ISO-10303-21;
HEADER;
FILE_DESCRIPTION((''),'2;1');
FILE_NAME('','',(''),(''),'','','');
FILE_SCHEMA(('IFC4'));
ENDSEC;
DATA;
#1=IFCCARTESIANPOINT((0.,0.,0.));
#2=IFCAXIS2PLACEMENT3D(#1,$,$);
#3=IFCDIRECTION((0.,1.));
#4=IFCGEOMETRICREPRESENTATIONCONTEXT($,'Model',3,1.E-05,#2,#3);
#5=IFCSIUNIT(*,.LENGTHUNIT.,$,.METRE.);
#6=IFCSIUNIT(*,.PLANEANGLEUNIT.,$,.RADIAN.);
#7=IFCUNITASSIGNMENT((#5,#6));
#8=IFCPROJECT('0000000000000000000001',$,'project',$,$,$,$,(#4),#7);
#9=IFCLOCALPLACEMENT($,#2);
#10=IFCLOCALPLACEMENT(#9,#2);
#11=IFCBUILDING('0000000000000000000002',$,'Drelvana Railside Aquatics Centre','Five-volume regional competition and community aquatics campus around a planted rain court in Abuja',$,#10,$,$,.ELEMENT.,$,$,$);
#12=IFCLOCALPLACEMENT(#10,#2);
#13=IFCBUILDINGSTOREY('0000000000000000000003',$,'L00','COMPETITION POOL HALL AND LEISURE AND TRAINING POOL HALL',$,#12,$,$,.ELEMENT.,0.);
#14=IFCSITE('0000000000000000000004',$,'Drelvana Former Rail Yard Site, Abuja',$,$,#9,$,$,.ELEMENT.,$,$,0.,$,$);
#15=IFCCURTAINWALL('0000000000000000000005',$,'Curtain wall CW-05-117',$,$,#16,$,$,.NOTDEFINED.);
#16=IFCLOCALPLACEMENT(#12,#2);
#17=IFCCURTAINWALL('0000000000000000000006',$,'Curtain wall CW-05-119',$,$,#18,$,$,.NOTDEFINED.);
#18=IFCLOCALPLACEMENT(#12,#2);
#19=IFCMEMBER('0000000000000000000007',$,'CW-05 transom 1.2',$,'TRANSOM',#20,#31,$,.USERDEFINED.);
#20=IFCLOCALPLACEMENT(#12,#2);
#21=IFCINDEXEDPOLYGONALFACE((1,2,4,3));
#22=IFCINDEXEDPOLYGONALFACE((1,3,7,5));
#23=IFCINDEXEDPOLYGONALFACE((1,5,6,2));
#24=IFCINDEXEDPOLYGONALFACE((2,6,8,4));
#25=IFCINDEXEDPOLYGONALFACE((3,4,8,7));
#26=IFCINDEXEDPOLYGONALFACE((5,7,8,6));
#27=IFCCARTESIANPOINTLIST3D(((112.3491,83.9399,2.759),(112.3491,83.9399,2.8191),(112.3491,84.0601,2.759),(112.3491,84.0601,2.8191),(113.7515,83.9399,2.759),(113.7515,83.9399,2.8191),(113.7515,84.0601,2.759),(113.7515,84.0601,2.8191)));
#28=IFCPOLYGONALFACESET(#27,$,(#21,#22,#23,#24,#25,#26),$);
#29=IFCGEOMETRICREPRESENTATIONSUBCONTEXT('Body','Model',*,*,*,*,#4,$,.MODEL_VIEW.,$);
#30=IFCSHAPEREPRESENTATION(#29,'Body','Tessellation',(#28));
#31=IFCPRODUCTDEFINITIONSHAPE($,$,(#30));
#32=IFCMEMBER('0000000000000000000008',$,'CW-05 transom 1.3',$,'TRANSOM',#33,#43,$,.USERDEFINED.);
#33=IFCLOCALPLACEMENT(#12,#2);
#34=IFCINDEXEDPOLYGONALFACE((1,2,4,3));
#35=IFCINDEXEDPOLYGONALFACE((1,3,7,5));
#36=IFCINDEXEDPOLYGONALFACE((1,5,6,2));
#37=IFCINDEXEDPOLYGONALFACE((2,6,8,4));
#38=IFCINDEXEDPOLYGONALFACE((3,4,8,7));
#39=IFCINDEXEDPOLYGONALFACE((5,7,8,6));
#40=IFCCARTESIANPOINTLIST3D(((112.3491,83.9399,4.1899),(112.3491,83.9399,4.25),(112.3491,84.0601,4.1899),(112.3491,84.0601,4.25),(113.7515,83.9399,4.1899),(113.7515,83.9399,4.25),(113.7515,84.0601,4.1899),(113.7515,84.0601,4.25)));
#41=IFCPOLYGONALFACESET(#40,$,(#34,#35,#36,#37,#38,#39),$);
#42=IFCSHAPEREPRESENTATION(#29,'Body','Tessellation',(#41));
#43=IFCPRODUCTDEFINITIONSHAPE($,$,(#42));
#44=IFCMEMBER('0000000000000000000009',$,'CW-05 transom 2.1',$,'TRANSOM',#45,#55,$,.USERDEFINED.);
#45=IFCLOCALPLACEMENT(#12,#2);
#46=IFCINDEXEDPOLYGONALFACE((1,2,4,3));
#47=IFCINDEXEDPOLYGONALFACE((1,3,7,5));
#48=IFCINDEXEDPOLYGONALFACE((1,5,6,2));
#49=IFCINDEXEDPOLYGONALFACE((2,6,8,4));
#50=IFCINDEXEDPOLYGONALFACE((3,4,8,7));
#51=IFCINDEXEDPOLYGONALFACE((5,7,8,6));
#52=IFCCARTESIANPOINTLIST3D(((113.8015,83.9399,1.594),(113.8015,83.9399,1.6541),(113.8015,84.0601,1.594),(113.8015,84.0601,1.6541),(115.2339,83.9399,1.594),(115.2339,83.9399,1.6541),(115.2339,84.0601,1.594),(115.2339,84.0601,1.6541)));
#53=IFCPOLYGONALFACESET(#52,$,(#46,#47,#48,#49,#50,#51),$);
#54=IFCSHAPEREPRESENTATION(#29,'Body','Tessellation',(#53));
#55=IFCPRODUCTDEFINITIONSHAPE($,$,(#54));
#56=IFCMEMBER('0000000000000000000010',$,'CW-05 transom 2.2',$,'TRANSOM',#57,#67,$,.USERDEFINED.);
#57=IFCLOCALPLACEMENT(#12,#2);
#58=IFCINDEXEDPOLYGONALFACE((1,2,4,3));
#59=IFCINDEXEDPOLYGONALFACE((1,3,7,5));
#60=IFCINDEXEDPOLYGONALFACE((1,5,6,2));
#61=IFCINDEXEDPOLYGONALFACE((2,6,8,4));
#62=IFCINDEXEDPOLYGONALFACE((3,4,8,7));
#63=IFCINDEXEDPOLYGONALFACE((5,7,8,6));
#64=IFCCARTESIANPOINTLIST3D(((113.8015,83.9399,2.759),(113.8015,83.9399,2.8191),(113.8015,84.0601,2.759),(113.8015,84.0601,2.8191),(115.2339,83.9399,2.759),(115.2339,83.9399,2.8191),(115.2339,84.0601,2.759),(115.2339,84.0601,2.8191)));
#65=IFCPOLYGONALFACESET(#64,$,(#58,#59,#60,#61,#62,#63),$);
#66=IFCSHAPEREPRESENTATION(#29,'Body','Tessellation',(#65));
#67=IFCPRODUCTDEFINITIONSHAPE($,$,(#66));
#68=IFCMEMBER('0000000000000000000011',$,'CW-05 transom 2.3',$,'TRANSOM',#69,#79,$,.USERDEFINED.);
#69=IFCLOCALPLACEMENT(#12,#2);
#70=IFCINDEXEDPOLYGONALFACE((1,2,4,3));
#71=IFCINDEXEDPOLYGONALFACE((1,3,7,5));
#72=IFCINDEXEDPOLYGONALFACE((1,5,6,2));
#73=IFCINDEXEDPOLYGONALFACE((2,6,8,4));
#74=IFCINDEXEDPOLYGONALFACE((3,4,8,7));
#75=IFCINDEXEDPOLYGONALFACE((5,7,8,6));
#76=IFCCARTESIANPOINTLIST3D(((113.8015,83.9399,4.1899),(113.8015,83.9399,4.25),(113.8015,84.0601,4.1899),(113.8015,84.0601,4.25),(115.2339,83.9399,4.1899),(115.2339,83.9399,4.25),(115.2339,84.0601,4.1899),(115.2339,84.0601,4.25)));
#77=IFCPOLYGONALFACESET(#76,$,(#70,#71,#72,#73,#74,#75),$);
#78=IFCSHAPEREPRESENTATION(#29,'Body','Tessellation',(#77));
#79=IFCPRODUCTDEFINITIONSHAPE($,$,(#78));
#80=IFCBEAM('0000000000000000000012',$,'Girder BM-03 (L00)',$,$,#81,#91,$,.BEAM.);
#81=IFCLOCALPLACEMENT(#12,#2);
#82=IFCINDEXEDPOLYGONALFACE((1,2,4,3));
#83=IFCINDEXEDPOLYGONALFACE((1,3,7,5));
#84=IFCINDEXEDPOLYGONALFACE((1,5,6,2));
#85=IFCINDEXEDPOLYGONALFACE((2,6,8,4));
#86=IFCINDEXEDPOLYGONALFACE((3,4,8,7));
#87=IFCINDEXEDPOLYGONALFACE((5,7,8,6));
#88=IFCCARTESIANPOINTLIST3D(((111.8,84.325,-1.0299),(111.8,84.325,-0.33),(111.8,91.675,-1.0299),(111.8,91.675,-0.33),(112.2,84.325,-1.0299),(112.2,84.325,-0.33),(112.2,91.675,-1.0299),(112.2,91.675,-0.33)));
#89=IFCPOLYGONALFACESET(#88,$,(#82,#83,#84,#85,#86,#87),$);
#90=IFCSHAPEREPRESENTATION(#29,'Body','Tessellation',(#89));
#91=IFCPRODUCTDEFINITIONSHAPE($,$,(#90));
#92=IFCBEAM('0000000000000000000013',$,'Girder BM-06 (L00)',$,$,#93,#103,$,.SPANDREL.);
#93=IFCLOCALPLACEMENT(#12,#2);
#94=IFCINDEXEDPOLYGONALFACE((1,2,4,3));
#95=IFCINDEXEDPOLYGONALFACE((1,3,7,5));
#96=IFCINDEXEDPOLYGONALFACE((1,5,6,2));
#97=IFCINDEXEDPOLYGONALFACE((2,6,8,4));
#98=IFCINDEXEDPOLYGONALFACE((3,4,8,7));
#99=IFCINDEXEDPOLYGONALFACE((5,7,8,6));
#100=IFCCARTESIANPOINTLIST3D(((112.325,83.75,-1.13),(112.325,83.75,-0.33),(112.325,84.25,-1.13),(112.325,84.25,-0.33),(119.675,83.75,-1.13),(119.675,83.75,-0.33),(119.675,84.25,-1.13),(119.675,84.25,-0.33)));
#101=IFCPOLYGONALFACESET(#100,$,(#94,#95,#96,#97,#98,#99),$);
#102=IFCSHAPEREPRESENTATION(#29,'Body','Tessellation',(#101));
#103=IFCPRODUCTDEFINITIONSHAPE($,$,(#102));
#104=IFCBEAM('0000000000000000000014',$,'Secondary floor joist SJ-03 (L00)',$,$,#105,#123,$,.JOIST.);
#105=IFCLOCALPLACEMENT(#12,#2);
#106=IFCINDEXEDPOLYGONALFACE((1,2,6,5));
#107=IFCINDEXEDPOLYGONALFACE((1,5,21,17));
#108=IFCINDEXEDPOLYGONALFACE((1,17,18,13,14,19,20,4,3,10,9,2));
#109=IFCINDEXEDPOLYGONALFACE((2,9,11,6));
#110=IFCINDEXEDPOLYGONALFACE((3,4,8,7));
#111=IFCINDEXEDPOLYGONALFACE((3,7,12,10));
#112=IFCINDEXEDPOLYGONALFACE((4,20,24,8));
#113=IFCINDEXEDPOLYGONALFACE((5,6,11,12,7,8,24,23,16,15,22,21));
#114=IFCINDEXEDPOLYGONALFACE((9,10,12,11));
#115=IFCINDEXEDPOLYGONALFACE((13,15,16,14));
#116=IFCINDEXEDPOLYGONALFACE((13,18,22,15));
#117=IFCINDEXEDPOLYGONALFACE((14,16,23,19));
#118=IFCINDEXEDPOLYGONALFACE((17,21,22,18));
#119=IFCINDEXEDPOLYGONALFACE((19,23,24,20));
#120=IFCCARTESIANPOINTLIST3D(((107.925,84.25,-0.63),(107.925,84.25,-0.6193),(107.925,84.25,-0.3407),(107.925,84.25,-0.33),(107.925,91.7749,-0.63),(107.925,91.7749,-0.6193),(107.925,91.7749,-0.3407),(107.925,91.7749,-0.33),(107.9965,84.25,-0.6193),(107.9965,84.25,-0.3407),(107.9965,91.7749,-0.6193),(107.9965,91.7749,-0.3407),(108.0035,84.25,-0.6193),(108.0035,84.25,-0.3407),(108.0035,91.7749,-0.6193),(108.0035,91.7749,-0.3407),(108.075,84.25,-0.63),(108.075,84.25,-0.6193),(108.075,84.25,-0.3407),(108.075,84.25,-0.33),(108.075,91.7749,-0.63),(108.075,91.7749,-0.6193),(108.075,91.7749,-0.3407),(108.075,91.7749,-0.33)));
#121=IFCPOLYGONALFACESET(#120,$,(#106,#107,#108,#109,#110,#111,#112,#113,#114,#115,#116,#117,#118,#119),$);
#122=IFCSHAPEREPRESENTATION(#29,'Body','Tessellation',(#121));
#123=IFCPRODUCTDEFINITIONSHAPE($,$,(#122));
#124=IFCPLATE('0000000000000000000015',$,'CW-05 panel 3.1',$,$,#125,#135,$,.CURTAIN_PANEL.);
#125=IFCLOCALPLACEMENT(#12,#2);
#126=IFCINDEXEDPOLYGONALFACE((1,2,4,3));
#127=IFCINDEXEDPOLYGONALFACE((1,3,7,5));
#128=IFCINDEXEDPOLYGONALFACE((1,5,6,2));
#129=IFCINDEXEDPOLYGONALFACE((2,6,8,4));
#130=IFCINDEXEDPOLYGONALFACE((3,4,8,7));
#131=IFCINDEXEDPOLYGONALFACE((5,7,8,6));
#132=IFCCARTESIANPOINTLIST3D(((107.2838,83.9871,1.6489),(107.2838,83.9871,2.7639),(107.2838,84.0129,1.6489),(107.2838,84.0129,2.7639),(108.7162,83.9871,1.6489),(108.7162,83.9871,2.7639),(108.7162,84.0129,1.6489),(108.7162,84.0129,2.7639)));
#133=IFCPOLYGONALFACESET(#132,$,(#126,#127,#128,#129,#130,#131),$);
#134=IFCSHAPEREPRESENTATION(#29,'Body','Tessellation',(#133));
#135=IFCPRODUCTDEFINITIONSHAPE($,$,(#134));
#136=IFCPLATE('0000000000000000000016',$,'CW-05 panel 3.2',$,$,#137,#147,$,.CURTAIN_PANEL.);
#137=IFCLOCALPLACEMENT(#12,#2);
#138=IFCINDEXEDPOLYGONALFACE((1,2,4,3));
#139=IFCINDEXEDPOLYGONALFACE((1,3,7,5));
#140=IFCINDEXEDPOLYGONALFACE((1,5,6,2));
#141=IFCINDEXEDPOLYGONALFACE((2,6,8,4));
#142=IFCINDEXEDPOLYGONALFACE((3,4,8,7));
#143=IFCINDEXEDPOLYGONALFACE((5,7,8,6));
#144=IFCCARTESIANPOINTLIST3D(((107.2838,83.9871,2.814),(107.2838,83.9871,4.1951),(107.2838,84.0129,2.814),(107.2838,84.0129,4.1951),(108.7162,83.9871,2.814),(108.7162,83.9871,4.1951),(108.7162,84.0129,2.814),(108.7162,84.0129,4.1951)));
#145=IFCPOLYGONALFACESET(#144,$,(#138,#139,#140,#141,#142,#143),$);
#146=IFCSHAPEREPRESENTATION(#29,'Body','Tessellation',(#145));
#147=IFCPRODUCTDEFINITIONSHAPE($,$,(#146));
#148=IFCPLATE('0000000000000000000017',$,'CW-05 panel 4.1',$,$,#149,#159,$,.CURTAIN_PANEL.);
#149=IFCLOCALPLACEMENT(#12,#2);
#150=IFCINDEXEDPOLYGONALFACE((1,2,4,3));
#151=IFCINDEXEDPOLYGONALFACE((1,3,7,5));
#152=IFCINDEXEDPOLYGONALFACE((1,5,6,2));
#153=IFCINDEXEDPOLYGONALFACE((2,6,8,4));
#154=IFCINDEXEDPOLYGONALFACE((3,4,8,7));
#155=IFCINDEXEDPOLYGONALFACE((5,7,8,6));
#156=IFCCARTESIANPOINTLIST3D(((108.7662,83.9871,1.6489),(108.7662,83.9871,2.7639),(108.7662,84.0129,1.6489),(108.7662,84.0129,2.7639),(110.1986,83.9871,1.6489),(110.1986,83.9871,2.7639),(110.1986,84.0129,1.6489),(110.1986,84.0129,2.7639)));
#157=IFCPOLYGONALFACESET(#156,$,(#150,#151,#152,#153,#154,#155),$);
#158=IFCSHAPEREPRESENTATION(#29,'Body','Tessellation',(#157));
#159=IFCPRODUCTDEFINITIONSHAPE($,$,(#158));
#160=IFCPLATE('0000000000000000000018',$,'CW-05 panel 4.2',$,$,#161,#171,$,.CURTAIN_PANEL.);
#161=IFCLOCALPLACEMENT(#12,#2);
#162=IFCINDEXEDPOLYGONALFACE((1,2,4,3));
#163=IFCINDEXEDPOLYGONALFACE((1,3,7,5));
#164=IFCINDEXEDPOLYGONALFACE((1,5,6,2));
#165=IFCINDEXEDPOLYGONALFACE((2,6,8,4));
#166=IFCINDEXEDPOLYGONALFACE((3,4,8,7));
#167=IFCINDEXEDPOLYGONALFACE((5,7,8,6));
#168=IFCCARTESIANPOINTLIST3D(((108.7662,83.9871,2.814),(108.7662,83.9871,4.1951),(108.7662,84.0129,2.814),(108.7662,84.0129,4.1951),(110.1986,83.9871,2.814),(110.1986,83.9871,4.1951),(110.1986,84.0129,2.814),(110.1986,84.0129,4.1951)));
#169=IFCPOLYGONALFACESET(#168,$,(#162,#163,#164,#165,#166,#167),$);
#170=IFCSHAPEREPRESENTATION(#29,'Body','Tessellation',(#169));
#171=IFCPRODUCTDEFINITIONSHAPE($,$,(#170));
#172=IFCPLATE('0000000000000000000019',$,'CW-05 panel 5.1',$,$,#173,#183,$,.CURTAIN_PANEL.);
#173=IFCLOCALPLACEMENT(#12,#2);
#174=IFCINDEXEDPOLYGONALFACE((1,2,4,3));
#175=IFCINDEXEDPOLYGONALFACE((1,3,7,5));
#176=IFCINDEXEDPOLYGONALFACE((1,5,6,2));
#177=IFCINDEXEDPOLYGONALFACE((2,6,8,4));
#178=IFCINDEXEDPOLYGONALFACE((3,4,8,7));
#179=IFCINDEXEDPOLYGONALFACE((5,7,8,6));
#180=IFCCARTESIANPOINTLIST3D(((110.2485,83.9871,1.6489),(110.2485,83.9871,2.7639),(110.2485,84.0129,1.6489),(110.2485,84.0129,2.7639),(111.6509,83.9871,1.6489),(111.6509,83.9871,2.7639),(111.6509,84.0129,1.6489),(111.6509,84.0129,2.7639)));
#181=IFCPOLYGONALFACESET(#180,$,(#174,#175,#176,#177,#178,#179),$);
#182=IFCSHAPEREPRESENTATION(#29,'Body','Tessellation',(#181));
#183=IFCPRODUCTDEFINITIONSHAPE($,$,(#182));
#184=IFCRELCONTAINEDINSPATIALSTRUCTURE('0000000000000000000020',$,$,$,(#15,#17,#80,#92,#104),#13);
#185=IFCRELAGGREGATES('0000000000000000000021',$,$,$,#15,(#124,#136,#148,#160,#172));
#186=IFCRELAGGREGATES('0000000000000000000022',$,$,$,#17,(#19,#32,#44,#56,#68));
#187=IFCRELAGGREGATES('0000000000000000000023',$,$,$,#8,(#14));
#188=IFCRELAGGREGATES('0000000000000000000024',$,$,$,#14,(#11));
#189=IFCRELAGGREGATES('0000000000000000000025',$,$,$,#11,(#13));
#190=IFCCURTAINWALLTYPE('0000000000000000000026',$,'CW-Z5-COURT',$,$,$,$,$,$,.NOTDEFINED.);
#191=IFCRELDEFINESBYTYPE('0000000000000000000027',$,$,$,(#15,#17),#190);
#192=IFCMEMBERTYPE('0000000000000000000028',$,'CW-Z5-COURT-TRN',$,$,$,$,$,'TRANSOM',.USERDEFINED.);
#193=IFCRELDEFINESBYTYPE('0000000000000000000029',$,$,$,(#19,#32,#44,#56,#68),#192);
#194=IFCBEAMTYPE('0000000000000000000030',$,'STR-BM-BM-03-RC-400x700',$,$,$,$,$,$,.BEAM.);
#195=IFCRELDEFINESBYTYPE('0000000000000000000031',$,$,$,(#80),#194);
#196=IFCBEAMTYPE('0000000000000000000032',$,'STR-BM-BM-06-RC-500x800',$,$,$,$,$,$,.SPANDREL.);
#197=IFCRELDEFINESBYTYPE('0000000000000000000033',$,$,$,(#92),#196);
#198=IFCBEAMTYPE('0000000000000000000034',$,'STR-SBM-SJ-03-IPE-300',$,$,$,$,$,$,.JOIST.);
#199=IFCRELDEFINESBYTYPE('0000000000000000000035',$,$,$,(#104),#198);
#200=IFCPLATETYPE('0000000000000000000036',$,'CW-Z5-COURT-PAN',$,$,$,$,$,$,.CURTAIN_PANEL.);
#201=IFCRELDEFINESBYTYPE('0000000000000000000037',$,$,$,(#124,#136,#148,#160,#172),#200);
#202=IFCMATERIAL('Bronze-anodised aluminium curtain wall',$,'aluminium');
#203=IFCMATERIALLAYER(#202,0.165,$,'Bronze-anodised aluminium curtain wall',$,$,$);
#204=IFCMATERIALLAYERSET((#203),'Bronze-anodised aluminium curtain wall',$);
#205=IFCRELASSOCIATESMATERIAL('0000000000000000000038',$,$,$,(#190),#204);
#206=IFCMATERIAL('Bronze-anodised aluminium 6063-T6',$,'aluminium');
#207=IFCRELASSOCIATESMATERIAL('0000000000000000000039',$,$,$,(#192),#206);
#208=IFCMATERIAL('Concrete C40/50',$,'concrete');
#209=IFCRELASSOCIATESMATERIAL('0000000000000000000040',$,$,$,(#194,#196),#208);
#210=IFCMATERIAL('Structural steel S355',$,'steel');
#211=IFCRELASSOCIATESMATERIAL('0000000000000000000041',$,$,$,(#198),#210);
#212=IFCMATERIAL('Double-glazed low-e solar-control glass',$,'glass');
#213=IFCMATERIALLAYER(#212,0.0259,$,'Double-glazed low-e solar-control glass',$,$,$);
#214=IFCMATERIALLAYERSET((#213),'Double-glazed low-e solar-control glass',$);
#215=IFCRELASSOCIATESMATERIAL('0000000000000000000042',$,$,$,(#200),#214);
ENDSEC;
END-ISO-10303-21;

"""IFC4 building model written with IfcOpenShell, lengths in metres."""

from ifc_helpers import new_model, si_unit, direction, frame, origin, origin_2d, place, context, subcontext, project, spatial, rectangle, i_section, extrude, material, layer, layer_set, material_profile, profile_set, type_object, element, aggregate, save


model = new_model("IFC4")

# Units and contexts
model_context = context("Model", 3, precision=1e-05, world=origin(), true_north=direction((0.0, 1.0)))
body_context = subcontext(model_context, "Body", "Model", "MODEL_VIEW")
ifc_project = project(units=[si_unit("LENGTHUNIT", "METRE"), si_unit("PLANEANGLEUNIT", "RADIAN")], contexts=[model_context])

# Site, building, storey
site_placement = place(None, origin())
site = spatial("IfcSite", under=ifc_project, at=site_placement, Name="Drelvana Former Rail Yard Site, Abuja", CompositionType="ELEMENT", RefElevation=0.0)
building_placement = place(site_placement, origin())
building = spatial("IfcBuilding", under=site, at=building_placement, Name="Drelvana Railside Aquatics Centre", Description="Five-volume regional competition and community aquatics campus around a planted rain court in Abuja", CompositionType="ELEMENT")
storey_placement = place(building_placement, origin())
storey = spatial("IfcBuildingStorey", under=building, at=storey_placement, Name="L00", Description="COMPETITION POOL HALL AND LEISURE AND TRAINING POOL HALL", CompositionType="ELEMENT", Elevation=0.0)

# Shared definitions
ifc_material_1 = material(Name="Concrete C40/50", Category="concrete")

# Curtain walls
ifc_material_2 = material(Name="Bronze-anodised aluminium curtain wall", Category="aluminium")
ifc_layer_1 = layer(ifc_material_2, 0.165, Name="Bronze-anodised aluminium curtain wall")
ifc_layer_set_1 = layer_set([ifc_layer_1], Name="Bronze-anodised aluminium curtain wall")
curtain_wall_type = type_object("IfcCurtainWallType", Name="CW-Z5-COURT", PredefinedType="NOTDEFINED", material=ifc_layer_set_1)
curtain_wall_1_placement = place(storey_placement, origin())
curtain_wall_1 = element("IfcCurtainWall", 1, at=curtain_wall_1_placement, inside=storey, type_object=curtain_wall_type, Name="Curtain wall CW-05-117", PredefinedType="NOTDEFINED")
ifc_material_3 = material(Name="Bronze-anodised aluminium 6063-T6", Category="aluminium")
curtain_wall_2_placement = place(storey_placement, origin())
curtain_wall_2 = element("IfcCurtainWall", 2, at=curtain_wall_2_placement, inside=storey, type_object=curtain_wall_type, Name="Curtain wall CW-05-119", PredefinedType="NOTDEFINED")

# Members
ifc_material_profile_1 = material_profile(ifc_material_3, rectangle(XDim=0.1201, YDim=0.0601, at=origin_2d()), Name="ALU-T 60x120")
ifc_profile_set_1 = profile_set([ifc_material_profile_1], Name="Bronze-anodised aluminium 6063-T6")
member_type_1 = type_object("IfcMemberType", Name="CW-Z5-COURT-TRN", ElementType="TRANSOM", PredefinedType="USERDEFINED", material=ifc_profile_set_1)
member_1_placement = place(storey_placement, frame((112.3491, 84.0, 2.7891), z_axis=(1.0, 0.0, 0.0), x_axis=(0.0, 1.0, 0.0)))
member_1 = element("IfcMember", 3, at=member_1_placement, type_object=member_type_1, Name="CW-05 transom 1.2", ObjectType="TRANSOM", PredefinedType="USERDEFINED", context=body_context, shape_type="SweptSolid", body=[
    extrude(rectangle(XDim=0.1201, YDim=0.0601, at=origin_2d()), origin(), (0.0, 0.0, 1.0), 1.4023),
])
member_2_placement = place(storey_placement, frame((112.3491, 84.0, 4.22), z_axis=(1.0, 0.0, 0.0), x_axis=(0.0, 1.0, 0.0)))
member_2 = element("IfcMember", 4, at=member_2_placement, type_object=member_type_1, Name="CW-05 transom 1.3", ObjectType="TRANSOM", PredefinedType="USERDEFINED", context=body_context, shape_type="SweptSolid", body=[
    extrude(rectangle(XDim=0.1201, YDim=0.0601, at=origin_2d()), origin(), (0.0, 0.0, 1.0), 1.4023),
])
member_3_placement = place(storey_placement, frame((113.8015, 84.0, 1.624), z_axis=(1.0, 0.0, 0.0), x_axis=(0.0, 1.0, 0.0)))
member_3 = element("IfcMember", 5, at=member_3_placement, type_object=member_type_1, Name="CW-05 transom 2.1", ObjectType="TRANSOM", PredefinedType="USERDEFINED", context=body_context, shape_type="SweptSolid", body=[
    extrude(rectangle(XDim=0.1201, YDim=0.0601, at=origin_2d()), origin(), (0.0, 0.0, 1.0), 1.4324),
])
member_4_placement = place(storey_placement, frame((113.8015, 84.0, 2.7891), z_axis=(1.0, 0.0, 0.0), x_axis=(0.0, 1.0, 0.0)))
member_4 = element("IfcMember", 6, at=member_4_placement, type_object=member_type_1, Name="CW-05 transom 2.2", ObjectType="TRANSOM", PredefinedType="USERDEFINED", context=body_context, shape_type="SweptSolid", body=[
    extrude(rectangle(XDim=0.1201, YDim=0.0601, at=origin_2d()), origin(), (0.0, 0.0, 1.0), 1.4324),
])
member_5_placement = place(storey_placement, frame((113.8015, 84.0, 4.22), z_axis=(1.0, 0.0, 0.0), x_axis=(0.0, 1.0, 0.0)))
member_5 = element("IfcMember", 7, at=member_5_placement, type_object=member_type_1, Name="CW-05 transom 2.3", ObjectType="TRANSOM", PredefinedType="USERDEFINED", context=body_context, shape_type="SweptSolid", body=[
    extrude(rectangle(XDim=0.1201, YDim=0.0601, at=origin_2d()), origin(), (0.0, 0.0, 1.0), 1.4324),
])

# Beams
ifc_material_profile_2 = material_profile(ifc_material_1, rectangle(XDim=0.3999, YDim=0.7, at=origin_2d()), Name="RC 400x700")
ifc_profile_set_2 = profile_set([ifc_material_profile_2], Name="Concrete C40/50")
beam_type_1 = type_object("IfcBeamType", Name="STR-BM-BM-03-RC-400x700", PredefinedType="BEAM", material=ifc_profile_set_2)
beam_1_placement = place(storey_placement, frame((112.0, 84.325, -0.6799), z_axis=(0.0, 1.0, 0.0), x_axis=(-1.0, 0.0, 0.0)))
element("IfcBeam", 8, at=beam_1_placement, inside=storey, type_object=beam_type_1, Name="Girder BM-03 (L00)", PredefinedType="BEAM", context=body_context, shape_type="SweptSolid", body=[
    extrude(rectangle(XDim=0.3999, YDim=0.7, at=origin_2d()), origin(), (0.0, 0.0, 1.0), 7.3501),
])
ifc_material_profile_3 = material_profile(ifc_material_1, rectangle(XDim=0.5, YDim=0.8, at=origin_2d()), Name="RC 500x800")
ifc_profile_set_3 = profile_set([ifc_material_profile_3], Name="Concrete C40/50")
beam_type_2 = type_object("IfcBeamType", Name="STR-BM-BM-06-RC-500x800", PredefinedType="SPANDREL", material=ifc_profile_set_3)
beam_2_placement = place(storey_placement, frame((112.325, 84.0, -0.73), z_axis=(1.0, 0.0, 0.0), x_axis=(0.0, 1.0, 0.0)))
element("IfcBeam", 9, at=beam_2_placement, inside=storey, type_object=beam_type_2, Name="Girder BM-06 (L00)", PredefinedType="SPANDREL", context=body_context, shape_type="SweptSolid", body=[
    extrude(rectangle(XDim=0.5, YDim=0.8, at=origin_2d()), origin(), (0.0, 0.0, 1.0), 7.3501),
])
ifc_material_4 = material(Name="Structural steel S355", Category="steel")
ifc_material_profile_4 = material_profile(ifc_material_4, i_section(OverallWidth=0.1499, OverallDepth=0.3, WebThickness=0.0071, FlangeThickness=0.0107, at=origin_2d()), Name="IPE 300")
ifc_profile_set_4 = profile_set([ifc_material_profile_4], Name="Structural steel S355")
beam_type_3 = type_object("IfcBeamType", Name="STR-SBM-SJ-03-IPE-300", PredefinedType="JOIST", material=ifc_profile_set_4)
beam_3_placement = place(storey_placement, frame((108.0, 84.25, -0.48), z_axis=(0.0, 1.0, 0.0), x_axis=(-1.0, 0.0, 0.0)))
element("IfcBeam", 10, at=beam_3_placement, inside=storey, type_object=beam_type_3, Name="Secondary floor joist SJ-03 (L00)", PredefinedType="JOIST", context=body_context, shape_type="SweptSolid", body=[
    extrude(i_section(OverallWidth=0.1499, OverallDepth=0.3, WebThickness=0.0071, FlangeThickness=0.0107, at=origin_2d()), origin(), (0.0, 0.0, 1.0), 7.5249),
])

# Plates
ifc_material_5 = material(Name="Double-glazed low-e solar-control glass", Category="glass")
ifc_layer_2 = layer(ifc_material_5, 0.0259, Name="Double-glazed low-e solar-control glass")
ifc_layer_set_2 = layer_set([ifc_layer_2], Name="Double-glazed low-e solar-control glass")
plate_type = type_object("IfcPlateType", Name="CW-Z5-COURT-PAN", PredefinedType="CURTAIN_PANEL", material=ifc_layer_set_2)
plate_1_placement = place(storey_placement, frame((108.0, 84.0, 1.6489), z_axis=(0.0, 0.0, 1.0), x_axis=(1.0, 0.0, 0.0)))
plate_1 = element("IfcPlate", 11, at=plate_1_placement, type_object=plate_type, Name="CW-05 panel 3.1", PredefinedType="CURTAIN_PANEL", context=body_context, shape_type="SweptSolid", body=[
    extrude(rectangle(XDim=1.4324, YDim=0.0259, at=origin_2d()), origin(), (0.0, 0.0, 1.0), 1.115),
])
plate_2_placement = place(storey_placement, frame((108.0, 84.0, 2.814), z_axis=(0.0, 0.0, 1.0), x_axis=(1.0, 0.0, 0.0)))
plate_2 = element("IfcPlate", 12, at=plate_2_placement, type_object=plate_type, Name="CW-05 panel 3.2", PredefinedType="CURTAIN_PANEL", context=body_context, shape_type="SweptSolid", body=[
    extrude(rectangle(XDim=1.4324, YDim=0.0259, at=origin_2d()), origin(), (0.0, 0.0, 1.0), 1.3811),
])
plate_3_placement = place(storey_placement, frame((109.4824, 84.0, 1.6489), z_axis=(0.0, 0.0, 1.0), x_axis=(1.0, 0.0, 0.0)))
plate_3 = element("IfcPlate", 13, at=plate_3_placement, type_object=plate_type, Name="CW-05 panel 4.1", PredefinedType="CURTAIN_PANEL", context=body_context, shape_type="SweptSolid", body=[
    extrude(rectangle(XDim=1.4324, YDim=0.0259, at=origin_2d()), origin(), (0.0, 0.0, 1.0), 1.115),
])
plate_4_placement = place(storey_placement, frame((109.4824, 84.0, 2.814), z_axis=(0.0, 0.0, 1.0), x_axis=(1.0, 0.0, 0.0)))
plate_4 = element("IfcPlate", 14, at=plate_4_placement, type_object=plate_type, Name="CW-05 panel 4.2", PredefinedType="CURTAIN_PANEL", context=body_context, shape_type="SweptSolid", body=[
    extrude(rectangle(XDim=1.4324, YDim=0.0259, at=origin_2d()), origin(), (0.0, 0.0, 1.0), 1.3811),
])
plate_5_placement = place(storey_placement, frame((110.9497, 84.0, 1.6489), z_axis=(0.0, 0.0, 1.0), x_axis=(1.0, 0.0, 0.0)))
plate_5 = element("IfcPlate", 15, at=plate_5_placement, type_object=plate_type, Name="CW-05 panel 5.1", PredefinedType="CURTAIN_PANEL", context=body_context, shape_type="SweptSolid", body=[
    extrude(rectangle(XDim=1.4023, YDim=0.0259, at=origin_2d()), origin(), (0.0, 0.0, 1.0), 1.115),
])
aggregate(curtain_wall_1, [plate_1, plate_2, plate_3, plate_4, plate_5])
aggregate(curtain_wall_2, [member_1, member_2, member_3, member_4, member_5])

save(model, "model.ifc")
